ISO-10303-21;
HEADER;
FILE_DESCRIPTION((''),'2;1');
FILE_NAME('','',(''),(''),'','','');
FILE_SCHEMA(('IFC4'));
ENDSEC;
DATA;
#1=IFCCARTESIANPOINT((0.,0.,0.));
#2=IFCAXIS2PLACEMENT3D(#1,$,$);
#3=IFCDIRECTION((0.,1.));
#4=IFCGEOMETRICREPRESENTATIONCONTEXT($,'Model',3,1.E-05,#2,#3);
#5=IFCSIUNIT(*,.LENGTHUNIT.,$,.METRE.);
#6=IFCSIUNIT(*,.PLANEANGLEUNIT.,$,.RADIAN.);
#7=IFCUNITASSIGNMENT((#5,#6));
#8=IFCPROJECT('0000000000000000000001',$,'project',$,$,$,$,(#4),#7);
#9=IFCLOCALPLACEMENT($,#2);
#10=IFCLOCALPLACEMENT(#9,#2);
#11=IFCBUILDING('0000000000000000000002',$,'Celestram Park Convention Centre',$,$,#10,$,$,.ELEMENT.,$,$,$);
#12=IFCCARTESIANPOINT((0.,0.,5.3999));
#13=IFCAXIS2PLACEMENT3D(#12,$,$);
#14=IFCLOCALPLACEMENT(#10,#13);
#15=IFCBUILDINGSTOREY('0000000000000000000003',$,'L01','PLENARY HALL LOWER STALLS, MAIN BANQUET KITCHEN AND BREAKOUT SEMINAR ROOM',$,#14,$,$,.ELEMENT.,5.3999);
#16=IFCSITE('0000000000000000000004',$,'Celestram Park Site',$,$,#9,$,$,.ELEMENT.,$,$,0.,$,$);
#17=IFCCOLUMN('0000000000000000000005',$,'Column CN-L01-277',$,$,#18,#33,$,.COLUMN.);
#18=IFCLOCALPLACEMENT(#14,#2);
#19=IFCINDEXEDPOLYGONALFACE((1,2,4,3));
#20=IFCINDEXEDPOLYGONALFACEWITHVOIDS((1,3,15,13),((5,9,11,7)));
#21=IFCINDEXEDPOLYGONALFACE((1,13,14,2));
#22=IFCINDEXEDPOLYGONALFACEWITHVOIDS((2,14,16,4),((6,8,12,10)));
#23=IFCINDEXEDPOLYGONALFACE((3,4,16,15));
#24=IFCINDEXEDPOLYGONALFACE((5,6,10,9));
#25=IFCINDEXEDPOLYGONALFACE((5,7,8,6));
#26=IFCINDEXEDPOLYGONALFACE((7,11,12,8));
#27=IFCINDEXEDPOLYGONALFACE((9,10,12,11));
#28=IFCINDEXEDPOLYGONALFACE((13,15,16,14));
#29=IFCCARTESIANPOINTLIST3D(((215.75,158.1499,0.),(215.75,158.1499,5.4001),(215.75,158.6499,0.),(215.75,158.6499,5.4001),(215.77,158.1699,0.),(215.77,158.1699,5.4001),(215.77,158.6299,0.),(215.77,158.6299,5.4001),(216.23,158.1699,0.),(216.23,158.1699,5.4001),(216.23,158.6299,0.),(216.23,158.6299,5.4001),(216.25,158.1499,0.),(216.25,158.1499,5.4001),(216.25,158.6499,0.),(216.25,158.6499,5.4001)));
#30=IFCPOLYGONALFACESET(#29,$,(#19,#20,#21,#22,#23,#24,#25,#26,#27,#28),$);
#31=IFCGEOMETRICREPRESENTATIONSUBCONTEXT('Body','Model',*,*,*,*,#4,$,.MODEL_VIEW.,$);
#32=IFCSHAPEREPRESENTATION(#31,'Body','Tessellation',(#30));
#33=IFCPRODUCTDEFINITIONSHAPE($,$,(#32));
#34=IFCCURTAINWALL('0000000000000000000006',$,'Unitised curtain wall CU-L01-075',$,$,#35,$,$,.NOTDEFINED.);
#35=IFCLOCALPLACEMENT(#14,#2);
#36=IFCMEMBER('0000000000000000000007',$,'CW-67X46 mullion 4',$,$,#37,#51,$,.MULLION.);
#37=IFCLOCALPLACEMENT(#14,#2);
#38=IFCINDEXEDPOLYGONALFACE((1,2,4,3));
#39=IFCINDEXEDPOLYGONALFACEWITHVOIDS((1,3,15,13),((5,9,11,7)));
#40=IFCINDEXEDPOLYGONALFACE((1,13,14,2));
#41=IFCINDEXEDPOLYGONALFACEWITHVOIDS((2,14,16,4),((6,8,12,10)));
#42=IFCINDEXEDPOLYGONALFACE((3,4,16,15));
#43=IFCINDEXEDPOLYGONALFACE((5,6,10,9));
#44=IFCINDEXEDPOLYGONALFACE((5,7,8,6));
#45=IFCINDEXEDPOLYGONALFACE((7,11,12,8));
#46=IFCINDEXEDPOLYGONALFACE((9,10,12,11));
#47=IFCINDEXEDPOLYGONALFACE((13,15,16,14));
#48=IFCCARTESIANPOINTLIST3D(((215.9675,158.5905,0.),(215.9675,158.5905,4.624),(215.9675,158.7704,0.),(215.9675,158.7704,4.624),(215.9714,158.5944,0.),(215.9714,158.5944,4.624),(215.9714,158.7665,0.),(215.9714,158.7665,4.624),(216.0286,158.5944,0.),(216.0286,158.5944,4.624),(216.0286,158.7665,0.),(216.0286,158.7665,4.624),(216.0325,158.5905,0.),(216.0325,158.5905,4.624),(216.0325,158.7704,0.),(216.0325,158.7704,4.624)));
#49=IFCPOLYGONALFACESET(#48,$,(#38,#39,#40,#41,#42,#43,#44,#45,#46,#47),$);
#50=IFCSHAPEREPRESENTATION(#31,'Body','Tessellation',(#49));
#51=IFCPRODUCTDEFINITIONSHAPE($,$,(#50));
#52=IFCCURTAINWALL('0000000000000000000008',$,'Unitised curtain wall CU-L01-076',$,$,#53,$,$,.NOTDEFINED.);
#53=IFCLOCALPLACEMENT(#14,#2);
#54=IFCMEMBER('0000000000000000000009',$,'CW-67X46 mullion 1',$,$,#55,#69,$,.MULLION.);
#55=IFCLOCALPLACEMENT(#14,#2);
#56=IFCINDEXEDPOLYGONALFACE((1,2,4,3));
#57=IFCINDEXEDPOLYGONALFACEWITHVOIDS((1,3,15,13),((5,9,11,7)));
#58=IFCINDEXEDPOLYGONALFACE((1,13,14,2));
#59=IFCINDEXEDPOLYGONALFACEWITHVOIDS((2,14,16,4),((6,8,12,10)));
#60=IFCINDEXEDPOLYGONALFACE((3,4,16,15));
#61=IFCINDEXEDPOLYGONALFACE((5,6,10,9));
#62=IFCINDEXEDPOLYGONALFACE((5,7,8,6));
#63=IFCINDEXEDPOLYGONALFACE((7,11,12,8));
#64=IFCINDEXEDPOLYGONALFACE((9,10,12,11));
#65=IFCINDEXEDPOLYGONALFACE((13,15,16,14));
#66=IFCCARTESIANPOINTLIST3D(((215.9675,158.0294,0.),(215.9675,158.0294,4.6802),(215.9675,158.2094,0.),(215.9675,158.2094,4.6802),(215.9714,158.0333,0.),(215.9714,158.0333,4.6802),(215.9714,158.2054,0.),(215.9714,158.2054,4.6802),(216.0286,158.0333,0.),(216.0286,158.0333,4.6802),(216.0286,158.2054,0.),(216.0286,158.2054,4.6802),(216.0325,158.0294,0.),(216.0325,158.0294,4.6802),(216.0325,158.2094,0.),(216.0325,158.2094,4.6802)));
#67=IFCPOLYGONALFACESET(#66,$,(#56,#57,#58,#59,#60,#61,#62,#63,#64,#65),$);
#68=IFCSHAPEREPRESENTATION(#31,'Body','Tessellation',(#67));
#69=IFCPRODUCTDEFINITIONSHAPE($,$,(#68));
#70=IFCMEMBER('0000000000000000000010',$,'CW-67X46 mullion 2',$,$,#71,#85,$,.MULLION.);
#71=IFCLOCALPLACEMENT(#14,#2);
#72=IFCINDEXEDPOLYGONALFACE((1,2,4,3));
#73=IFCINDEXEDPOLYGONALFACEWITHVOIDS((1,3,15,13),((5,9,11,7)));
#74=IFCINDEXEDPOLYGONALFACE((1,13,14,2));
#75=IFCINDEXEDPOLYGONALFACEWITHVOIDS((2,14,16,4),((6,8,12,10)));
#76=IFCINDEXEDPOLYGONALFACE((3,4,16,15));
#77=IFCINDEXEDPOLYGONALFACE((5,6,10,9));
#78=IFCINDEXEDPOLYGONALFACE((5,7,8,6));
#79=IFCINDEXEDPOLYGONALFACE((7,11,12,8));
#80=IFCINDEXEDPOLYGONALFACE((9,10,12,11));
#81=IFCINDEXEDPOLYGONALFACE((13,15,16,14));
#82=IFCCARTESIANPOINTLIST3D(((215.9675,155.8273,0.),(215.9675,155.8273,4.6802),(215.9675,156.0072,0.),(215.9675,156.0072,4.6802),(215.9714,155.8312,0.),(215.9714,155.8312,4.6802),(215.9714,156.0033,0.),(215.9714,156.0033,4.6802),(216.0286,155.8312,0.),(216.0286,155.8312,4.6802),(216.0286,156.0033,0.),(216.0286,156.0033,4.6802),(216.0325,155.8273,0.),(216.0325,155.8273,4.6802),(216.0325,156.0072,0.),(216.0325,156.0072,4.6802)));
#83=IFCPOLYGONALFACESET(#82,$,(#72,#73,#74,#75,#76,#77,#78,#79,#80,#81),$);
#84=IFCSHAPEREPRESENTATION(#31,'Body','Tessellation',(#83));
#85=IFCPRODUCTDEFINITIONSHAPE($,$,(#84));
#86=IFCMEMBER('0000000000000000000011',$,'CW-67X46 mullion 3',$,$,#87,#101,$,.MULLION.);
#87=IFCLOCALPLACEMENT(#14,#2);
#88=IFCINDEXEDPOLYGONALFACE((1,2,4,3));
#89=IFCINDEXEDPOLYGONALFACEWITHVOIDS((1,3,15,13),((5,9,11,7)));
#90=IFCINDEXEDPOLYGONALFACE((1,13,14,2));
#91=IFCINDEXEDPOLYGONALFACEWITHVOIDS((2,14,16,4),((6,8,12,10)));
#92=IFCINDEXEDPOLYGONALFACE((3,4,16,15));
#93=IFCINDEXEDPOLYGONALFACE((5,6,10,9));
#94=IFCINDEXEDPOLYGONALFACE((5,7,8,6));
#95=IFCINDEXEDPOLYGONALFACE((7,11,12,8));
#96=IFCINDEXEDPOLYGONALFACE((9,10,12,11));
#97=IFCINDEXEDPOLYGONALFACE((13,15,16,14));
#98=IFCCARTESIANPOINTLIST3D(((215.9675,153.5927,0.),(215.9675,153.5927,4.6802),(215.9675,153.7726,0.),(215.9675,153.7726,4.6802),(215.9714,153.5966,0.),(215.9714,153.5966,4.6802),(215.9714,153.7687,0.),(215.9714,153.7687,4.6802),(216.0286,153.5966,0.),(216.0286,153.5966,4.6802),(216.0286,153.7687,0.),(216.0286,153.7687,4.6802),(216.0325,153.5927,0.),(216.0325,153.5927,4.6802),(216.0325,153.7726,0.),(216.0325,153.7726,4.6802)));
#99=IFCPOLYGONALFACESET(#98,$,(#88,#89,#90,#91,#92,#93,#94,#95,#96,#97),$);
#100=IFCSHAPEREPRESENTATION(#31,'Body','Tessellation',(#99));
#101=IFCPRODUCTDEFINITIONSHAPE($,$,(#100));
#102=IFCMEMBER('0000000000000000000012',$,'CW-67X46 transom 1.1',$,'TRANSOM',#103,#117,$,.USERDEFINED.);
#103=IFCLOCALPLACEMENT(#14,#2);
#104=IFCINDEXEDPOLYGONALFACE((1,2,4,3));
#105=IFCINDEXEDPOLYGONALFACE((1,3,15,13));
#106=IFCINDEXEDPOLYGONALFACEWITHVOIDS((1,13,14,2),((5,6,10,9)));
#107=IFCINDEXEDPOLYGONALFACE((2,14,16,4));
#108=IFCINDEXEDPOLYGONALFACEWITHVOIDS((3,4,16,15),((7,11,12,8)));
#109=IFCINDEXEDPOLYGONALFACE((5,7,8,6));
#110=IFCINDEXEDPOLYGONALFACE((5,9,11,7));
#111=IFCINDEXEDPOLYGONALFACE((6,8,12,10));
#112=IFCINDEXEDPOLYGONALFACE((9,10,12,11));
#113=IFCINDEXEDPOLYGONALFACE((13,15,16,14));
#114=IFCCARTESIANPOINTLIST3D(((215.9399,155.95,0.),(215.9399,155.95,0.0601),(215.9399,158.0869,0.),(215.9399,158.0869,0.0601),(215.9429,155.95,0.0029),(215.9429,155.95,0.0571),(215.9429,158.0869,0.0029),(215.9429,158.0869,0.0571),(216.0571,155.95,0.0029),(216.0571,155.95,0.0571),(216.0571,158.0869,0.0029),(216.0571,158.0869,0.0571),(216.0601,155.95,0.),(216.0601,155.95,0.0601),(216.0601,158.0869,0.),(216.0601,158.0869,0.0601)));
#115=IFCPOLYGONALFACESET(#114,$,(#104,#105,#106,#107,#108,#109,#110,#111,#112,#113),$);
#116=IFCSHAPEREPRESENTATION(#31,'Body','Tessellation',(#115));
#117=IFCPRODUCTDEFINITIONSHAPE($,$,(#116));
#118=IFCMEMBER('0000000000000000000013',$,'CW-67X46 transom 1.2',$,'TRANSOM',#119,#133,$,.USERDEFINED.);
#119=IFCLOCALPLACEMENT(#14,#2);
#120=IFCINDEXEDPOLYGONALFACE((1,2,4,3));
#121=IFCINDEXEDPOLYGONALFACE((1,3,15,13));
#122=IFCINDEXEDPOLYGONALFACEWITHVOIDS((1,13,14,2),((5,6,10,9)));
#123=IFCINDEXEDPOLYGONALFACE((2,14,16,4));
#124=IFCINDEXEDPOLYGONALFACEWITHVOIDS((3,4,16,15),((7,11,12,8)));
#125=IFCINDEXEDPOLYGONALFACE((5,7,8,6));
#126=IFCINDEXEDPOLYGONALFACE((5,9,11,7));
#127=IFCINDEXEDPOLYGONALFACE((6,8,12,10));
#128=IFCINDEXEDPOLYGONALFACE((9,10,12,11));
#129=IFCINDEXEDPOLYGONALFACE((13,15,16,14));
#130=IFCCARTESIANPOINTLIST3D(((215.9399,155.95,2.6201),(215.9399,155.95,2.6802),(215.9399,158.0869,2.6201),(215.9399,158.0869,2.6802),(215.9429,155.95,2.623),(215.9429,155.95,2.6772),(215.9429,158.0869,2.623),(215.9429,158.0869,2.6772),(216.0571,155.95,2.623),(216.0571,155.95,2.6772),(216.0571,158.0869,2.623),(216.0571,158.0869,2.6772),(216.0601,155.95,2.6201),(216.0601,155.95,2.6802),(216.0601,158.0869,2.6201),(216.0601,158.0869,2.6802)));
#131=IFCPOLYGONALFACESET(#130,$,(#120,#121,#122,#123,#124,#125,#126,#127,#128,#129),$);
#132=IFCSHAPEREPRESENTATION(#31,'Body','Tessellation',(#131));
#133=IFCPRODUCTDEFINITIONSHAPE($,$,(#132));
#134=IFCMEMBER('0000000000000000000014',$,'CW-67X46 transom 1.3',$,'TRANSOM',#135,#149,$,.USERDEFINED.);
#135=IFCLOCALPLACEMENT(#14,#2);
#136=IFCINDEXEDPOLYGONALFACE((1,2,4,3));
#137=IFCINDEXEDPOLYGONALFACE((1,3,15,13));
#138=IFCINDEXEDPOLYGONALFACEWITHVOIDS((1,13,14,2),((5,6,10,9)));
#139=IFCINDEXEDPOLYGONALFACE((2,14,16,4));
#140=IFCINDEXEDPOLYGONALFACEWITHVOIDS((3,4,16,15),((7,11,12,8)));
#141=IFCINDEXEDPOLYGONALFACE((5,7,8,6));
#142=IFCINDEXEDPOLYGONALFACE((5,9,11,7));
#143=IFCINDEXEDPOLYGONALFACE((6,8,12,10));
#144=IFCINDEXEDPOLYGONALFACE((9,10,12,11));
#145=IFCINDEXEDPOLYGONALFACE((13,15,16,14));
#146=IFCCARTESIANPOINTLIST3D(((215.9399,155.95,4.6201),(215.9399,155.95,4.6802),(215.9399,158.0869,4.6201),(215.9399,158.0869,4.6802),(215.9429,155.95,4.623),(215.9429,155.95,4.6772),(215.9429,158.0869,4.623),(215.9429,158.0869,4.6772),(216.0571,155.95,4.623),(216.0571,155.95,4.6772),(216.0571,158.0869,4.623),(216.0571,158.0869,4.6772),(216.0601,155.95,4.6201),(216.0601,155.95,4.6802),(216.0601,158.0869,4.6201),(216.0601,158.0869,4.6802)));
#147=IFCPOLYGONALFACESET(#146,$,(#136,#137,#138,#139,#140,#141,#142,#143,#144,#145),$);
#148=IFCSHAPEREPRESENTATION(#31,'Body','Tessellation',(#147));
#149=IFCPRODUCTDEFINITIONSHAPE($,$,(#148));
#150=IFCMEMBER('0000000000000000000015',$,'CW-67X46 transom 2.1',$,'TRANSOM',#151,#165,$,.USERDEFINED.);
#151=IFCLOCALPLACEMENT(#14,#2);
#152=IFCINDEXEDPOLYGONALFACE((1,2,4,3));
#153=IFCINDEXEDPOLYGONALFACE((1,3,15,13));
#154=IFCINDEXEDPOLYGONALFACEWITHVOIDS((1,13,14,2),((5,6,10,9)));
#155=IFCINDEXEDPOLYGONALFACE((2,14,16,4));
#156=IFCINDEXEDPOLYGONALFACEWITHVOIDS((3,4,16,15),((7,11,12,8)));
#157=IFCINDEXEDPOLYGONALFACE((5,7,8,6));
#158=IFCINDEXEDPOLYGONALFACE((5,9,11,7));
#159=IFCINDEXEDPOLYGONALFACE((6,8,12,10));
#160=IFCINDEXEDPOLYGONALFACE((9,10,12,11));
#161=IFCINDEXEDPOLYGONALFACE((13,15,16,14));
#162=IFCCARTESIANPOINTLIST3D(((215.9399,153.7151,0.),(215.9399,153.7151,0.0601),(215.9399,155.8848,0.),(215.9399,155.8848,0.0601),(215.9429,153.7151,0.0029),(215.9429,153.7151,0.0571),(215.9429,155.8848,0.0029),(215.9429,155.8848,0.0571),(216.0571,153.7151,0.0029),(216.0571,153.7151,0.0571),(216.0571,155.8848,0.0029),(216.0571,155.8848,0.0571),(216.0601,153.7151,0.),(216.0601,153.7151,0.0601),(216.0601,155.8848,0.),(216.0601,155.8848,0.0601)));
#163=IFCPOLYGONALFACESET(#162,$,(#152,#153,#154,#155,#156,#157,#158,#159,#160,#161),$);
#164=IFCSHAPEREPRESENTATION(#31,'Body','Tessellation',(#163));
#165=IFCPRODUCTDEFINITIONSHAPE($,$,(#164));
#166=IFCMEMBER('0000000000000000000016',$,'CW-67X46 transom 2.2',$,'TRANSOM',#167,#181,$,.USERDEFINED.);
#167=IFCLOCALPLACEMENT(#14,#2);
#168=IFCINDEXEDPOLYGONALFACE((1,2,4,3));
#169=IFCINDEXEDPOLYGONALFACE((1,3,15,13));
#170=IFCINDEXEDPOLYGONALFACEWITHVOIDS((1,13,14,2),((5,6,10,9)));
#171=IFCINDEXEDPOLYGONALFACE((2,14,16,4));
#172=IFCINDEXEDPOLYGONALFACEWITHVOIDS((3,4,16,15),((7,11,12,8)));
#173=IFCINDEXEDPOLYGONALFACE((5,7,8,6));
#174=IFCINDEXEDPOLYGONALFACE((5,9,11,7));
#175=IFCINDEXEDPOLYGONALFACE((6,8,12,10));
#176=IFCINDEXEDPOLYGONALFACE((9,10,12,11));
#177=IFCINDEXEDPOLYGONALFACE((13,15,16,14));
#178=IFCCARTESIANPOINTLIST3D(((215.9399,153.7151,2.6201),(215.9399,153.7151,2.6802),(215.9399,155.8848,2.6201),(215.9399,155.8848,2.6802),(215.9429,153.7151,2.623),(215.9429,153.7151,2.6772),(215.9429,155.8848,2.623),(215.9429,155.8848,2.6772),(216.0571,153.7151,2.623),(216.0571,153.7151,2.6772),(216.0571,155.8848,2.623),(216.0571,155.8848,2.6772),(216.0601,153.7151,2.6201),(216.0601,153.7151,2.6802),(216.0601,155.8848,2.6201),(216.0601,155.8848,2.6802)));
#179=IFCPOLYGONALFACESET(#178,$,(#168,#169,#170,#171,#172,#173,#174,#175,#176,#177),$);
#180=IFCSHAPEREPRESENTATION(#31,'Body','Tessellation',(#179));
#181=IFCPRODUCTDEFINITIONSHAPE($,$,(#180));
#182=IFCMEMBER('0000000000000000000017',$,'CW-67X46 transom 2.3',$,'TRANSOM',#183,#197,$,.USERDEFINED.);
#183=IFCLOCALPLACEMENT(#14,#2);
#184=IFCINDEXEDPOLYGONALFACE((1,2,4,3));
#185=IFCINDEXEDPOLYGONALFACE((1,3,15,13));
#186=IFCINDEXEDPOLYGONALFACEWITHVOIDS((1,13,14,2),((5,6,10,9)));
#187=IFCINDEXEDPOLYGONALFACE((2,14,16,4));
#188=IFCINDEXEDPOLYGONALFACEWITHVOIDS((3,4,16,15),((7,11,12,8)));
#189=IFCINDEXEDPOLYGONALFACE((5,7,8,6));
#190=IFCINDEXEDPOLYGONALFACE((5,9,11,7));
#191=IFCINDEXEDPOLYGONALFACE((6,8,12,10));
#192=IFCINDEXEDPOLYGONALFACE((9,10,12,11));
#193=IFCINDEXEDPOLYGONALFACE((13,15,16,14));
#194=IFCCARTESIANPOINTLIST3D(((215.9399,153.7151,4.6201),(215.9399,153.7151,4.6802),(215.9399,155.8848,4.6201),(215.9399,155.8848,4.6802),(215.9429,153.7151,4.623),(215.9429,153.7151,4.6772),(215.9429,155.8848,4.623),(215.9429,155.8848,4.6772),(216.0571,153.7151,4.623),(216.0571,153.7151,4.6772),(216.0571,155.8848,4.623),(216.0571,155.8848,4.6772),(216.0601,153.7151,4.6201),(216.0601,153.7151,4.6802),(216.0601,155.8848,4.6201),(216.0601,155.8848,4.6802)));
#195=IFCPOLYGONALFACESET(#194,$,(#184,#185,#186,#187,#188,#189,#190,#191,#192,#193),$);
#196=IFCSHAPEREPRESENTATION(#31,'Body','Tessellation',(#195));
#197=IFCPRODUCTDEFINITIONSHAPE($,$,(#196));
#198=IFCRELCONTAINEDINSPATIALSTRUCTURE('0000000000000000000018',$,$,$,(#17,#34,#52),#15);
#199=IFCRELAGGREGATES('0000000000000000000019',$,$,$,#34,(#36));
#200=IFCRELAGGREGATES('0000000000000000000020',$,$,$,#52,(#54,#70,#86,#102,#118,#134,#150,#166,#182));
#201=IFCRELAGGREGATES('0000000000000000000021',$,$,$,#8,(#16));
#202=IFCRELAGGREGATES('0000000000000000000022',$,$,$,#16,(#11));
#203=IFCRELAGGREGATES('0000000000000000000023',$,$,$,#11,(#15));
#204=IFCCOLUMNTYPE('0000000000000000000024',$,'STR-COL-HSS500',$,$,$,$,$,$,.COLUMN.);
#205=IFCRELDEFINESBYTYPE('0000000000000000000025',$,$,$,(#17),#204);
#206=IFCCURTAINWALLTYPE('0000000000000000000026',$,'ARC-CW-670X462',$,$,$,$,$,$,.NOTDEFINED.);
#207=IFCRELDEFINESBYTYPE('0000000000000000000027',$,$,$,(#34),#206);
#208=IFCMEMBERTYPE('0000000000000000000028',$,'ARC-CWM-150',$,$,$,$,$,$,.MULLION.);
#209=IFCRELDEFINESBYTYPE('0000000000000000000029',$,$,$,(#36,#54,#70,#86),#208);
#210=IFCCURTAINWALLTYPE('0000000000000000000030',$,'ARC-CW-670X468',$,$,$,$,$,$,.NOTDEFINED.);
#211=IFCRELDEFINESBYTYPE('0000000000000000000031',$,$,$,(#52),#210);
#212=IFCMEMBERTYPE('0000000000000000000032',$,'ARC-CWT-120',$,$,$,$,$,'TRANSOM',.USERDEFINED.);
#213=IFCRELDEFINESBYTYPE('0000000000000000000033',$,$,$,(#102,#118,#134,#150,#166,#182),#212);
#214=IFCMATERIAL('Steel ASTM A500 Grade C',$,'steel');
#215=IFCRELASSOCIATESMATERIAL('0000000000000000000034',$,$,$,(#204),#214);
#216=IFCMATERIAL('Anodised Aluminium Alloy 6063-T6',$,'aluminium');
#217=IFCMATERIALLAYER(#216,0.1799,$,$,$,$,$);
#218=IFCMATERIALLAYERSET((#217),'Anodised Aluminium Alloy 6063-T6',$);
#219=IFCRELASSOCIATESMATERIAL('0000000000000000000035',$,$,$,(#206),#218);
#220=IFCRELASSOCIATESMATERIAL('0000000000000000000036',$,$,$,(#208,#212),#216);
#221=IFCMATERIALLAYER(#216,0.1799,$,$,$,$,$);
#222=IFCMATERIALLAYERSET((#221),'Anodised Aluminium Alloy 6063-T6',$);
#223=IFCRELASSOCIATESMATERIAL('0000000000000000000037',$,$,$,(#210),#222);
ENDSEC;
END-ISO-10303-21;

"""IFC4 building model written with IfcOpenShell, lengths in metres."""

from ifc_helpers import new_model, si_unit, direction, frame, origin, origin_2d, place, context, subcontext, project, spatial, hollow_rectangle, extrude, material, layer, layer_set, material_profile, profile_set, type_object, element, aggregate, save


model = new_model("IFC4")

# Units and contexts
model_context = context("Model", 3, precision=1e-05, world=origin(), true_north=direction((0.0, 1.0)))
body_context = subcontext(model_context, "Body", "Model", "MODEL_VIEW")
ifc_project = project(units=[si_unit("LENGTHUNIT", "METRE"), si_unit("PLANEANGLEUNIT", "RADIAN")], contexts=[model_context])

# Site, building, storey
site_placement = place(None, origin())
site = spatial("IfcSite", under=ifc_project, at=site_placement, Name="Celestram Park Site", CompositionType="ELEMENT", RefElevation=0.0)
building_placement = place(site_placement, origin())
building = spatial("IfcBuilding", under=site, at=building_placement, Name="Celestram Park Convention Centre", CompositionType="ELEMENT")
storey_placement = place(building_placement, frame((0.0, 0.0, 5.3999)))
storey = spatial("IfcBuildingStorey", under=building, at=storey_placement, Name="L01", Description="PLENARY HALL LOWER STALLS, MAIN BANQUET KITCHEN AND BREAKOUT SEMINAR ROOM", CompositionType="ELEMENT", Elevation=5.3999)

# Column
ifc_material_1 = material(Name="Steel ASTM A500 Grade C", Category="steel")
ifc_material_profile_1 = material_profile(ifc_material_1, hollow_rectangle(XDim=0.5, YDim=0.5, WallThickness=0.02, at=origin_2d()), Name="HSS500X500X20")
ifc_profile_set_1 = profile_set([ifc_material_profile_1], Name="Steel ASTM A500 Grade C")
column_type = type_object("IfcColumnType", Name="STR-COL-HSS500", PredefinedType="COLUMN", material=ifc_profile_set_1)
column_placement = place(storey_placement, frame((216.0, 158.3999, 0.0), z_axis=(0.0, 0.0, 1.0), x_axis=(1.0, 0.0, 0.0)))
element("IfcColumn", 1, at=column_placement, inside=storey, type_object=column_type, Name="Column CN-L01-277", PredefinedType="COLUMN", context=body_context, shape_type="SweptSolid", body=[
    extrude(hollow_rectangle(XDim=0.5, YDim=0.5, WallThickness=0.02, at=origin_2d()), origin(), (0.0, 0.0, 1.0), 5.4001),
])

# Curtain wall, member
ifc_material_2 = material(Name="Anodised Aluminium Alloy 6063-T6", Category="aluminium")
ifc_layer_1 = layer(ifc_material_2, 0.1799)
ifc_layer_set_1 = layer_set([ifc_layer_1], Name="Anodised Aluminium Alloy 6063-T6")
curtain_wall_type_1 = type_object("IfcCurtainWallType", Name="ARC-CW-670X462", PredefinedType="NOTDEFINED", material=ifc_layer_set_1)
curtain_wall_1_placement = place(storey_placement, origin())
curtain_wall_1 = element("IfcCurtainWall", 2, at=curtain_wall_1_placement, inside=storey, type_object=curtain_wall_type_1, Name="Unitised curtain wall CU-L01-075", PredefinedType="NOTDEFINED")
ifc_material_profile_2 = material_profile(ifc_material_2, hollow_rectangle(XDim=0.0649, YDim=0.1799, WallThickness=0.0039, at=origin_2d()), Name="ALU65X180X4")
ifc_profile_set_2 = profile_set([ifc_material_profile_2], Name="Anodised Aluminium Alloy 6063-T6")
member_type_1 = type_object("IfcMemberType", Name="ARC-CWM-150", PredefinedType="MULLION", material=ifc_profile_set_2)
member_1_placement = place(storey_placement, frame((216.0, 158.6804, 0.0), z_axis=(0.0, 0.0, 1.0), x_axis=(1.0, 0.0, 0.0)))
member_1 = element("IfcMember", 3, at=member_1_placement, type_object=member_type_1, Name="CW-67X46 mullion 4", PredefinedType="MULLION", context=body_context, shape_type="SweptSolid", body=[
    extrude(hollow_rectangle(XDim=0.0649, YDim=0.1799, WallThickness=0.0039, at=origin_2d()), origin(), (0.0, 0.0, 1.0), 4.624),
])

# Curtain wall, members
ifc_layer_2 = layer(ifc_material_2, 0.1799)
ifc_layer_set_2 = layer_set([ifc_layer_2], Name="Anodised Aluminium Alloy 6063-T6")
curtain_wall_type_2 = type_object("IfcCurtainWallType", Name="ARC-CW-670X468", PredefinedType="NOTDEFINED", material=ifc_layer_set_2)
curtain_wall_2_placement = place(storey_placement, origin())
curtain_wall_2 = element("IfcCurtainWall", 4, at=curtain_wall_2_placement, inside=storey, type_object=curtain_wall_type_2, Name="Unitised curtain wall CU-L01-076", PredefinedType="NOTDEFINED")
member_2_placement = place(storey_placement, frame((216.0, 158.1194, 0.0), z_axis=(0.0, 0.0, 1.0), x_axis=(1.0, 0.0, 0.0)))
member_2 = element("IfcMember", 5, at=member_2_placement, type_object=member_type_1, Name="CW-67X46 mullion 1", PredefinedType="MULLION", context=body_context, shape_type="SweptSolid", body=[
    extrude(hollow_rectangle(XDim=0.0649, YDim=0.1799, WallThickness=0.0039, at=origin_2d()), origin(), (0.0, 0.0, 1.0), 4.6802),
])
member_3_placement = place(storey_placement, frame((216.0, 155.9172, 0.0), z_axis=(0.0, 0.0, 1.0), x_axis=(1.0, 0.0, 0.0)))
member_3 = element("IfcMember", 6, at=member_3_placement, type_object=member_type_1, Name="CW-67X46 mullion 2", PredefinedType="MULLION", context=body_context, shape_type="SweptSolid", body=[
    extrude(hollow_rectangle(XDim=0.0649, YDim=0.1799, WallThickness=0.0039, at=origin_2d()), origin(), (0.0, 0.0, 1.0), 4.6802),
])
member_4_placement = place(storey_placement, frame((216.0, 153.6826, 0.0), z_axis=(0.0, 0.0, 1.0), x_axis=(1.0, 0.0, 0.0)))
member_4 = element("IfcMember", 7, at=member_4_placement, type_object=member_type_1, Name="CW-67X46 mullion 3", PredefinedType="MULLION", context=body_context, shape_type="SweptSolid", body=[
    extrude(hollow_rectangle(XDim=0.0649, YDim=0.1799, WallThickness=0.0039, at=origin_2d()), origin(), (0.0, 0.0, 1.0), 4.6802),
])
ifc_material_profile_3 = material_profile(ifc_material_2, hollow_rectangle(XDim=0.1201, YDim=0.0601, WallThickness=0.0029, at=origin_2d()), Name="ALU120X60X3")
ifc_profile_set_3 = profile_set([ifc_material_profile_3], Name="Anodised Aluminium Alloy 6063-T6")
member_type_2 = type_object("IfcMemberType", Name="ARC-CWT-120", ElementType="TRANSOM", PredefinedType="USERDEFINED", material=ifc_profile_set_3)
member_5_placement = place(storey_placement, frame((216.0, 158.0869, 0.03), z_axis=(0.0, -1.0, 0.0), x_axis=(1.0, 0.0, 0.0)))
member_5 = element("IfcMember", 8, at=member_5_placement, type_object=member_type_2, Name="CW-67X46 transom 1.1", ObjectType="TRANSOM", PredefinedType="USERDEFINED", context=body_context, shape_type="SweptSolid", body=[
    extrude(hollow_rectangle(XDim=0.1201, YDim=0.0601, WallThickness=0.0029, at=origin_2d()), origin(), (0.0, 0.0, 1.0), 2.137),
])
member_6_placement = place(storey_placement, frame((216.0, 158.0869, 2.6501), z_axis=(0.0, -1.0, 0.0), x_axis=(1.0, 0.0, 0.0)))
member_6 = element("IfcMember", 9, at=member_6_placement, type_object=member_type_2, Name="CW-67X46 transom 1.2", ObjectType="TRANSOM", PredefinedType="USERDEFINED", context=body_context, shape_type="SweptSolid", body=[
    extrude(hollow_rectangle(XDim=0.1201, YDim=0.0601, WallThickness=0.0029, at=origin_2d()), origin(), (0.0, 0.0, 1.0), 2.137),
])
member_7_placement = place(storey_placement, frame((216.0, 158.0869, 4.6501), z_axis=(0.0, -1.0, 0.0), x_axis=(1.0, 0.0, 0.0)))
member_7 = element("IfcMember", 10, at=member_7_placement, type_object=member_type_2, Name="CW-67X46 transom 1.3", ObjectType="TRANSOM", PredefinedType="USERDEFINED", context=body_context, shape_type="SweptSolid", body=[
    extrude(hollow_rectangle(XDim=0.1201, YDim=0.0601, WallThickness=0.0029, at=origin_2d()), origin(), (0.0, 0.0, 1.0), 2.137),
])
member_8_placement = place(storey_placement, frame((216.0, 155.8848, 0.03), z_axis=(0.0, -1.0, 0.0), x_axis=(1.0, 0.0, 0.0)))
member_8 = element("IfcMember", 11, at=member_8_placement, type_object=member_type_2, Name="CW-67X46 transom 2.1", ObjectType="TRANSOM", PredefinedType="USERDEFINED", context=body_context, shape_type="SweptSolid", body=[
    extrude(hollow_rectangle(XDim=0.1201, YDim=0.0601, WallThickness=0.0029, at=origin_2d()), origin(), (0.0, 0.0, 1.0), 2.1697),
])
member_9_placement = place(storey_placement, frame((216.0, 155.8848, 2.6501), z_axis=(0.0, -1.0, 0.0), x_axis=(1.0, 0.0, 0.0)))
member_9 = element("IfcMember", 12, at=member_9_placement, type_object=member_type_2, Name="CW-67X46 transom 2.2", ObjectType="TRANSOM", PredefinedType="USERDEFINED", context=body_context, shape_type="SweptSolid", body=[
    extrude(hollow_rectangle(XDim=0.1201, YDim=0.0601, WallThickness=0.0029, at=origin_2d()), origin(), (0.0, 0.0, 1.0), 2.1697),
])
member_10_placement = place(storey_placement, frame((216.0, 155.8848, 4.6501), z_axis=(0.0, -1.0, 0.0), x_axis=(1.0, 0.0, 0.0)))
member_10 = element("IfcMember", 13, at=member_10_placement, type_object=member_type_2, Name="CW-67X46 transom 2.3", ObjectType="TRANSOM", PredefinedType="USERDEFINED", context=body_context, shape_type="SweptSolid", body=[
    extrude(hollow_rectangle(XDim=0.1201, YDim=0.0601, WallThickness=0.0029, at=origin_2d()), origin(), (0.0, 0.0, 1.0), 2.1697),
])

aggregate(curtain_wall_1, [member_1])
aggregate(curtain_wall_2, [member_2, member_3, member_4, member_5, member_6, member_7, member_8, member_9, member_10])

save(model, "model.ifc")
